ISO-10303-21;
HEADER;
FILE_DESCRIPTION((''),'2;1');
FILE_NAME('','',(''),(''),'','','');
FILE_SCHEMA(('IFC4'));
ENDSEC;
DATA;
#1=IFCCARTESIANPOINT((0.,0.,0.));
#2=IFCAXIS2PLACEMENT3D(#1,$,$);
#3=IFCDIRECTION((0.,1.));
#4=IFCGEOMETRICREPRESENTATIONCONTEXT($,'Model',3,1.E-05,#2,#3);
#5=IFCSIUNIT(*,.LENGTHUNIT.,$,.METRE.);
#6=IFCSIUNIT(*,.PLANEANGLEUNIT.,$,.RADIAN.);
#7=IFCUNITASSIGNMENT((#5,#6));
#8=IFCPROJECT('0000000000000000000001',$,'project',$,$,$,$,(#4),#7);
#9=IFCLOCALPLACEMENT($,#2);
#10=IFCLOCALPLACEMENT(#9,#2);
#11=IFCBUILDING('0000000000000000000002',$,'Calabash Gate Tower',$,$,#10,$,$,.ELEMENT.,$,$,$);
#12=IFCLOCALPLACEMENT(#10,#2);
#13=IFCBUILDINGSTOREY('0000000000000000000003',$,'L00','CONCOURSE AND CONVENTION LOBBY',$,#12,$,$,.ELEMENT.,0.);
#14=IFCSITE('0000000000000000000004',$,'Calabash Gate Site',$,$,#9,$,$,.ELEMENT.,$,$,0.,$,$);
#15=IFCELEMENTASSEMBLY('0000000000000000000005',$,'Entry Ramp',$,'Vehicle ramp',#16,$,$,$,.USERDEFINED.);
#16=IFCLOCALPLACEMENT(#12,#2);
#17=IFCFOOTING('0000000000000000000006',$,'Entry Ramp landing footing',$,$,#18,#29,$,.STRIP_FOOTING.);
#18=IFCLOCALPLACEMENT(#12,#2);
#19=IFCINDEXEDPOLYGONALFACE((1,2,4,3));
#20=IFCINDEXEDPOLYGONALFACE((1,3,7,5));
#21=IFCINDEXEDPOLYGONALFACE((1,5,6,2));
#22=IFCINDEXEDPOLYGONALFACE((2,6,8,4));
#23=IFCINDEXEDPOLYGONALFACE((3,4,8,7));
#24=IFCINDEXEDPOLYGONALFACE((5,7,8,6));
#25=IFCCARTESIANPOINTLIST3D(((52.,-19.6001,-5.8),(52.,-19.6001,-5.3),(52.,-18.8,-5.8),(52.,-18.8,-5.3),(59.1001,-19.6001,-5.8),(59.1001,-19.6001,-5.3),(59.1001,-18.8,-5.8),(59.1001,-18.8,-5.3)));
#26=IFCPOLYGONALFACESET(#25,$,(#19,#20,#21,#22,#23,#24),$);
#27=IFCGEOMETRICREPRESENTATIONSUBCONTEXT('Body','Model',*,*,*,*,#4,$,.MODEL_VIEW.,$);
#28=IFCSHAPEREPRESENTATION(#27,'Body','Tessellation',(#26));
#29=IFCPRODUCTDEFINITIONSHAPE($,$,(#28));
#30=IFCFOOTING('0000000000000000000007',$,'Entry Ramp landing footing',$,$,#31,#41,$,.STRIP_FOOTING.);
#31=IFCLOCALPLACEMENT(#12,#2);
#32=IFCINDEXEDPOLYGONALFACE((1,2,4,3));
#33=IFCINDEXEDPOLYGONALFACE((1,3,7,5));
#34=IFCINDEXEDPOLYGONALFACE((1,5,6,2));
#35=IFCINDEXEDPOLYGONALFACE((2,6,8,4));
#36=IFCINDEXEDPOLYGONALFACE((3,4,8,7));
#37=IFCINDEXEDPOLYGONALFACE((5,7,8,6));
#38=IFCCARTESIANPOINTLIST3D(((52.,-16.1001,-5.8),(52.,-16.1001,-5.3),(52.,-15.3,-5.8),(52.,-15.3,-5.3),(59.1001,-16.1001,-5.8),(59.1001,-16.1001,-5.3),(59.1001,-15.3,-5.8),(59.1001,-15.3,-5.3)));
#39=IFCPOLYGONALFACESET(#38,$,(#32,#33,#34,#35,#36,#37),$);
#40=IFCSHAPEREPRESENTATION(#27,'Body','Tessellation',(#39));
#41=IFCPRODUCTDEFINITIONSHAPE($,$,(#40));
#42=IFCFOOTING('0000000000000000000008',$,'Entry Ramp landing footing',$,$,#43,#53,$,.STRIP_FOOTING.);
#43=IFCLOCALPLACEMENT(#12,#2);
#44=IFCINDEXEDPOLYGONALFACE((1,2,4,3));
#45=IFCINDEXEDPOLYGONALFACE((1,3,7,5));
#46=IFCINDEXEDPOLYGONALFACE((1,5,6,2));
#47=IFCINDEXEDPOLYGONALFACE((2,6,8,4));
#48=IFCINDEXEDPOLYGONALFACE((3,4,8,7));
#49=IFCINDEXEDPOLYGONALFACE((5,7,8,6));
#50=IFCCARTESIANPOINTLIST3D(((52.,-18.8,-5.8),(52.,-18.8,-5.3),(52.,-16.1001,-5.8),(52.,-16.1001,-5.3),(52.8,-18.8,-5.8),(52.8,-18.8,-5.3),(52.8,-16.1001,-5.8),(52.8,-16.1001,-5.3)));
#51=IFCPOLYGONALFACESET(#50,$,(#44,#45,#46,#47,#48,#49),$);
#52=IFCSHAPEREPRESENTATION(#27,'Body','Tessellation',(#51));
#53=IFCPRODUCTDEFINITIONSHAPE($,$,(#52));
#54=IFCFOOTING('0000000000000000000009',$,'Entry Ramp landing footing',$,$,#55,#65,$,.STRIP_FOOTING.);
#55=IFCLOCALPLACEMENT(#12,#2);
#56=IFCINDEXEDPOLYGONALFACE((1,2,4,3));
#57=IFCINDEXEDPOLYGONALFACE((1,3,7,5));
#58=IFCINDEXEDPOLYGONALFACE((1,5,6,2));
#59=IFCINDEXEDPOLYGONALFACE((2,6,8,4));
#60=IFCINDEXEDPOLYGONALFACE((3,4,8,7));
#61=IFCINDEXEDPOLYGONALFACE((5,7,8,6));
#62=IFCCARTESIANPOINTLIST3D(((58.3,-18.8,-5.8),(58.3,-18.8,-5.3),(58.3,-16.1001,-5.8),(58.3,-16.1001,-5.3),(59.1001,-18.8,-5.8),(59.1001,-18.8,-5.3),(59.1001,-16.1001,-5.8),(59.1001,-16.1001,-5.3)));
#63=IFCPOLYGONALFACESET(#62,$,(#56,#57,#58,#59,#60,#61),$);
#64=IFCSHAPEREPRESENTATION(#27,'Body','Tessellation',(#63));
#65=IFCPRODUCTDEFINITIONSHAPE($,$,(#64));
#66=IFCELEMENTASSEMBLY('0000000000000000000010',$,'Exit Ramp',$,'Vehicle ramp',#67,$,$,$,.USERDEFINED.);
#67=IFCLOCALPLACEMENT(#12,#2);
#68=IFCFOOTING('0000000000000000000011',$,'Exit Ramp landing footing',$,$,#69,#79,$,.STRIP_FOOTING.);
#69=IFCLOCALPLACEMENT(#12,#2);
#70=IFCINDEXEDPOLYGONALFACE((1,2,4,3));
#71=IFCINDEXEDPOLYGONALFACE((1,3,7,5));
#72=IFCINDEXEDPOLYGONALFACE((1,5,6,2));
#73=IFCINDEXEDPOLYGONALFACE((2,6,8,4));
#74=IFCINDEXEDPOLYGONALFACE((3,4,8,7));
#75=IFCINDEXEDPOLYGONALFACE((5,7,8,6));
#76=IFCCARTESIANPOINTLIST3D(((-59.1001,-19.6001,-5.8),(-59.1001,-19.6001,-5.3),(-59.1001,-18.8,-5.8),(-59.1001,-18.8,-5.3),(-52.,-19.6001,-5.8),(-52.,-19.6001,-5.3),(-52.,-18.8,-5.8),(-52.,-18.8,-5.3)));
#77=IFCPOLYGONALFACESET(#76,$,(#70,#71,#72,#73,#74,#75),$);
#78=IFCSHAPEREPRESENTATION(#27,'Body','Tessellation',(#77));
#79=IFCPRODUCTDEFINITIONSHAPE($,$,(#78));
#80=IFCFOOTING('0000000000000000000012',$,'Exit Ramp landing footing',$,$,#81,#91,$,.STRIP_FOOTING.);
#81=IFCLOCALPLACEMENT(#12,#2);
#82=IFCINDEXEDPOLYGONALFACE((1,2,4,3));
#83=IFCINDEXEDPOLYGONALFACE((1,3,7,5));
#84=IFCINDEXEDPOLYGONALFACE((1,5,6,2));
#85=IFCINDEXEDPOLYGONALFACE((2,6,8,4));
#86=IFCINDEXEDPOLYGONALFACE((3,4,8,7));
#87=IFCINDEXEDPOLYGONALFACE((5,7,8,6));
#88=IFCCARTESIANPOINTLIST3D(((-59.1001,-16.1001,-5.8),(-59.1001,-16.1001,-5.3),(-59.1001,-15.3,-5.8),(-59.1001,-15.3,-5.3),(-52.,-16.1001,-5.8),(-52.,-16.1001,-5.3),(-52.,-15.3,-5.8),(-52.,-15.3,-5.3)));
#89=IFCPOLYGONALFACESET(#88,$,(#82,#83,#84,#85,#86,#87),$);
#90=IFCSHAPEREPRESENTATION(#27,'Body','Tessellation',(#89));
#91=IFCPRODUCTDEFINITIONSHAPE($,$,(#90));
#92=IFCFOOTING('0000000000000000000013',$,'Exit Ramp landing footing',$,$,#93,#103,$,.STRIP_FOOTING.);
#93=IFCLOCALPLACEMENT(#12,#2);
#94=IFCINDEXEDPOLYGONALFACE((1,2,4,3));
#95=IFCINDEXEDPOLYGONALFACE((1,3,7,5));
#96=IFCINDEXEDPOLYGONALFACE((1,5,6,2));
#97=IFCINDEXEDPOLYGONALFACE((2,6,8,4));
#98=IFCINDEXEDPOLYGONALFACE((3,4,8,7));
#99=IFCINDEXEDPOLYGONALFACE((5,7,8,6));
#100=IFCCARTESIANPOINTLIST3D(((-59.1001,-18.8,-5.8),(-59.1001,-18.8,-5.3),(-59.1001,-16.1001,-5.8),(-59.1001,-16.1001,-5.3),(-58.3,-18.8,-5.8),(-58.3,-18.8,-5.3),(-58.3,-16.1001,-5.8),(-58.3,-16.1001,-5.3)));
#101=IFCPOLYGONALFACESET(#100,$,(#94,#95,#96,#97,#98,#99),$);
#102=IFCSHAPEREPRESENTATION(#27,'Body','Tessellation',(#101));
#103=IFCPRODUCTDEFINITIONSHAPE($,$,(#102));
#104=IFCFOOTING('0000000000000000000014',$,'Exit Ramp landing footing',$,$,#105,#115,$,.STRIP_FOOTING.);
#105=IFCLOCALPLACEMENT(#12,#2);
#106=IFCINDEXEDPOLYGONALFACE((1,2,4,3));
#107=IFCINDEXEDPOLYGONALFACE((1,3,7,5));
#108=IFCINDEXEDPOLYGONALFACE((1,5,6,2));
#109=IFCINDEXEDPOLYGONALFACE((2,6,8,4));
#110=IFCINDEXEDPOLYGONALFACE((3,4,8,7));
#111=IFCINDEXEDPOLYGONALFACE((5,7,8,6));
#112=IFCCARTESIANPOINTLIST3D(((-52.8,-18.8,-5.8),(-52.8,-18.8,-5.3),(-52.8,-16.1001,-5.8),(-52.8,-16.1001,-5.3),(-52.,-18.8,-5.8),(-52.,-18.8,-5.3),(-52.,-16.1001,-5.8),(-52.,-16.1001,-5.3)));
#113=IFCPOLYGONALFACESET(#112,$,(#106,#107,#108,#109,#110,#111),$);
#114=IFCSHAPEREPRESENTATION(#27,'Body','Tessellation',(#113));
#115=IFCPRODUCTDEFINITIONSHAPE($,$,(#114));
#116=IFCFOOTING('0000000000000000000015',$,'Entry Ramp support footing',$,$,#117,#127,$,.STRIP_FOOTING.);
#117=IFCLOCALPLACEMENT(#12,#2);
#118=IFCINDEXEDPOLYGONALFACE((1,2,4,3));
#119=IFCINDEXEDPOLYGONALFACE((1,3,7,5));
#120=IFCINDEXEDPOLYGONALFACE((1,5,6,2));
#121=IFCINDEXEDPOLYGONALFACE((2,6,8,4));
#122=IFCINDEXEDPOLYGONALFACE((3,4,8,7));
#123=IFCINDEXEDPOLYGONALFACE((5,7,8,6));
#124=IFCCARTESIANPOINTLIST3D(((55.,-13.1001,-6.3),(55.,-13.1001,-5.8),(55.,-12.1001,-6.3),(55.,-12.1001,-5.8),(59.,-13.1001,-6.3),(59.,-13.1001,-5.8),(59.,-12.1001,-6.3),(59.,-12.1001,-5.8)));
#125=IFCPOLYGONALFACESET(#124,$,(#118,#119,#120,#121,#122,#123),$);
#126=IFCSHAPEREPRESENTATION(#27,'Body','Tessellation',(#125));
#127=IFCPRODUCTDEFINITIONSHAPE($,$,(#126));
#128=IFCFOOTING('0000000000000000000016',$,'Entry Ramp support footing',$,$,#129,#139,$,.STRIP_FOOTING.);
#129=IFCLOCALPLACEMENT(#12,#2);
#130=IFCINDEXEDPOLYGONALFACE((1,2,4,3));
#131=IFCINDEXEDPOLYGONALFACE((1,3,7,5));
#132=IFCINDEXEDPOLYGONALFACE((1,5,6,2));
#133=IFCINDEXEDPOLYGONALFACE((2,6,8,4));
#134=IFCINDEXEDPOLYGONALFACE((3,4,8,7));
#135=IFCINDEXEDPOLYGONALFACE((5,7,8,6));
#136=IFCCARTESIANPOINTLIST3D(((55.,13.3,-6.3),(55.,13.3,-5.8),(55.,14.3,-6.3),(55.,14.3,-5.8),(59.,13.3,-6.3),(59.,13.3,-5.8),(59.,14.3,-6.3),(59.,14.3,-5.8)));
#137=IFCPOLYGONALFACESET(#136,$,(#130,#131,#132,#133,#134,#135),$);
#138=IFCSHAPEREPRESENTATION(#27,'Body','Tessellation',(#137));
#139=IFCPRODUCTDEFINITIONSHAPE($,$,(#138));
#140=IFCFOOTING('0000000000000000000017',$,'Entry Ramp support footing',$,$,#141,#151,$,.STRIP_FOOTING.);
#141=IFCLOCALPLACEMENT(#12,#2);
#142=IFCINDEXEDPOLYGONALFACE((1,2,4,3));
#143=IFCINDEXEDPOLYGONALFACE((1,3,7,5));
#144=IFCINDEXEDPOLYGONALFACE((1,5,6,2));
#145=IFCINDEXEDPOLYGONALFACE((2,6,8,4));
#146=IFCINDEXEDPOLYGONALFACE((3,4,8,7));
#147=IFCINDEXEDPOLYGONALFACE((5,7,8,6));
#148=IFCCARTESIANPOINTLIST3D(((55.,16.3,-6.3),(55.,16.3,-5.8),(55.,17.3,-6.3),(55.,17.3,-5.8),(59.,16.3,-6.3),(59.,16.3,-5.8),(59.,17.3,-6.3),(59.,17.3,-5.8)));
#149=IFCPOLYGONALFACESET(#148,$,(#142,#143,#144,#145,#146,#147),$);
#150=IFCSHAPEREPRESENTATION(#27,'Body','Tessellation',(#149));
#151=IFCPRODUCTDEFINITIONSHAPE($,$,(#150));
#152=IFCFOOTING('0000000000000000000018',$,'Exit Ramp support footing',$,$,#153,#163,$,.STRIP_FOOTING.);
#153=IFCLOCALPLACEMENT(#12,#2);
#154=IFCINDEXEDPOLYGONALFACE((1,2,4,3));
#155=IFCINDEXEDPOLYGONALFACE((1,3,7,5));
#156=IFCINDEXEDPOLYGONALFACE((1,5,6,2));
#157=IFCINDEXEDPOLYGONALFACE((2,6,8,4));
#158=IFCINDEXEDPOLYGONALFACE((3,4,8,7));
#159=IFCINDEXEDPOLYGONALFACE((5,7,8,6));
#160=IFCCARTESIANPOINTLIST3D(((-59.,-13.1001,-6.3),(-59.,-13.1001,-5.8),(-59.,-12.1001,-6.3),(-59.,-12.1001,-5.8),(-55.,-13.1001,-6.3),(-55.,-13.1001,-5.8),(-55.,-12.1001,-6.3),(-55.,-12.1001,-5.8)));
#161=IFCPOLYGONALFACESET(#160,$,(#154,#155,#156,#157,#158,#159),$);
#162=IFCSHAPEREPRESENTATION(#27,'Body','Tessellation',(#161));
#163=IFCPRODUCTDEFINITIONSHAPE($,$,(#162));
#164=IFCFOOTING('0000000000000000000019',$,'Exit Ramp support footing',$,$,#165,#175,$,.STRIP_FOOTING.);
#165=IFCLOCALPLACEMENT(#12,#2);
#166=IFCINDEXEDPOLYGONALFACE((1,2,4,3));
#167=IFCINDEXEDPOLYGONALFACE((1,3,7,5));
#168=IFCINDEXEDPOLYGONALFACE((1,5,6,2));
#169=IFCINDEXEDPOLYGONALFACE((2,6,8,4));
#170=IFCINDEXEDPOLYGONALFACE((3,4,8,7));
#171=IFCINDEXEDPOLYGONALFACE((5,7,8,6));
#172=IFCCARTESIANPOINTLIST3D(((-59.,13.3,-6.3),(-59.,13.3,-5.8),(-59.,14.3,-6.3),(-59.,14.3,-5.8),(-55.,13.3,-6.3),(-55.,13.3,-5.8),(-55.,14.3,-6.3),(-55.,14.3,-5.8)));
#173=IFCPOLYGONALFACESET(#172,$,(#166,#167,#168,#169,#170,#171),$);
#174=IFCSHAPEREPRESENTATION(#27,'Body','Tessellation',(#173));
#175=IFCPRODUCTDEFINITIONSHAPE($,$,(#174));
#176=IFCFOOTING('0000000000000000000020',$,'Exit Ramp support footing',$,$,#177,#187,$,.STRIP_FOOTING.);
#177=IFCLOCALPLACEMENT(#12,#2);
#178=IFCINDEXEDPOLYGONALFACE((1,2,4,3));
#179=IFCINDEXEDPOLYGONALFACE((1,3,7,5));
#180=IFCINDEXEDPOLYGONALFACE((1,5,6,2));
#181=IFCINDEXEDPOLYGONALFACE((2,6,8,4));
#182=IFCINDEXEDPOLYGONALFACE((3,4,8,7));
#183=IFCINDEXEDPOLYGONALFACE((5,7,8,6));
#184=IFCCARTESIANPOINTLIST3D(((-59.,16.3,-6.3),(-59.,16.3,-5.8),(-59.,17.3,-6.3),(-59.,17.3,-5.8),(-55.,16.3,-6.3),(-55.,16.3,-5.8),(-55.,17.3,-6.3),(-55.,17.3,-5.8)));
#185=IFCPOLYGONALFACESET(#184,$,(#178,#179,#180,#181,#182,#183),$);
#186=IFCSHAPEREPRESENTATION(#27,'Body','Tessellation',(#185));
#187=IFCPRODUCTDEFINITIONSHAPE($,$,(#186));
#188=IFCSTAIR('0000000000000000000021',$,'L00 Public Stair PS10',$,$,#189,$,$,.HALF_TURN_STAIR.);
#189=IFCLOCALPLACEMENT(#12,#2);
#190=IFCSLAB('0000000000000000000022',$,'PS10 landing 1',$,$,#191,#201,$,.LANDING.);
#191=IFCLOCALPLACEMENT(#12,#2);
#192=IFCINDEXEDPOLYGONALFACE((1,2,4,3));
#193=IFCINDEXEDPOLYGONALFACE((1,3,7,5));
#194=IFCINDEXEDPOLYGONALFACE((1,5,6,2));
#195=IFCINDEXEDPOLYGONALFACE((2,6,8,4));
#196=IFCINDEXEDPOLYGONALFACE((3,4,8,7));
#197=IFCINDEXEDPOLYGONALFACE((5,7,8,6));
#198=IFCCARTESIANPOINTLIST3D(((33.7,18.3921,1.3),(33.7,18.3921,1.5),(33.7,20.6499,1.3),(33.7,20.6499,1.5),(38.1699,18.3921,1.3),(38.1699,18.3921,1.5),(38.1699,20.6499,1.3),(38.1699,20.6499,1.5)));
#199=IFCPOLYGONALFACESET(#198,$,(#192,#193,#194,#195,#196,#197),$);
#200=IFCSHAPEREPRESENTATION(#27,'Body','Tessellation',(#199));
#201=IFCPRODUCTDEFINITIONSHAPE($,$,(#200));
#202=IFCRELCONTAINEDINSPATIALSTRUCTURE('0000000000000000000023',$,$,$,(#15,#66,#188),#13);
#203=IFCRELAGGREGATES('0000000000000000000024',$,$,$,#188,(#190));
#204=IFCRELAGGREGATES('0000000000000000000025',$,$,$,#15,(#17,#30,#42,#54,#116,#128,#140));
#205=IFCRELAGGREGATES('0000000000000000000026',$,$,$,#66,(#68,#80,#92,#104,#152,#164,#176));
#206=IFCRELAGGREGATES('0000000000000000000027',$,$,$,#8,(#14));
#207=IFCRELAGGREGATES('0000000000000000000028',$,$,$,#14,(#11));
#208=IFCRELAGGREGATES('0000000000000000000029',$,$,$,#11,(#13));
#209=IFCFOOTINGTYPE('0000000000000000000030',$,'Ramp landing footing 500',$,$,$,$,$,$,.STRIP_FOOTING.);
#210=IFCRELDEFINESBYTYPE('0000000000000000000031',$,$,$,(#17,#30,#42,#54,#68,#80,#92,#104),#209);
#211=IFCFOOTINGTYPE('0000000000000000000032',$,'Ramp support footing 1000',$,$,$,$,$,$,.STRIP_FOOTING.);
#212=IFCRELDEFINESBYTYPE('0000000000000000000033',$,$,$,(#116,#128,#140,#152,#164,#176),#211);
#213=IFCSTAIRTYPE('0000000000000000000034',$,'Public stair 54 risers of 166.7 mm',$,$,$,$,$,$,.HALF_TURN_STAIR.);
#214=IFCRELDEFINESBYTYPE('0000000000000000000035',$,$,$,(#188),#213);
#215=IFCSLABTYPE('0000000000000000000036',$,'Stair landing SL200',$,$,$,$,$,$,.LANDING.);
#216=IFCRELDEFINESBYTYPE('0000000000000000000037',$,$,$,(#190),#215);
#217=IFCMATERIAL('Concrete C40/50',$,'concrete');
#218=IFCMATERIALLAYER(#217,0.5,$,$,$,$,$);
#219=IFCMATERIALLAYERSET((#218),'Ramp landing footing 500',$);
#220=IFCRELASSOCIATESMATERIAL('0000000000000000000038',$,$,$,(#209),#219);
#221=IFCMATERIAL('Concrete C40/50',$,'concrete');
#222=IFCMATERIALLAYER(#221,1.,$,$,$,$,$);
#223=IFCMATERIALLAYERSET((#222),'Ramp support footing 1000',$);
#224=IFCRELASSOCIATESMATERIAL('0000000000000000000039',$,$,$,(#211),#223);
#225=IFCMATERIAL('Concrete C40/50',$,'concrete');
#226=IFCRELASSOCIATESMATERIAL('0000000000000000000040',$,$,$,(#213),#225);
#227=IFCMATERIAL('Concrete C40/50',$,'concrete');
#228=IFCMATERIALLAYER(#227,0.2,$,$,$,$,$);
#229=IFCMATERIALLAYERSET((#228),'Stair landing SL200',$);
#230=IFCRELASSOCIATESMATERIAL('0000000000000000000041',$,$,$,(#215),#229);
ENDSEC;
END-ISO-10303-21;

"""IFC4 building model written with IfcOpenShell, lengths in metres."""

from ifc_helpers import new_model, si_unit, direction, frame, origin, place, context, subcontext, project, spatial, polyline, outline, extrude, material, layer, layer_set, type_object, element, aggregate, save


model = new_model("IFC4")

# Units and contexts
model_context = context("Model", 3, precision=1e-05, world=origin(), true_north=direction((0.0, 1.0)))
body_context = subcontext(model_context, "Body", "Model", "MODEL_VIEW")
ifc_project = project(units=[si_unit("LENGTHUNIT", "METRE"), si_unit("PLANEANGLEUNIT", "RADIAN")], contexts=[model_context])

# Site, building, storey
site_placement = place(None, origin())
site = spatial("IfcSite", under=ifc_project, at=site_placement, Name="Calabash Gate Site", CompositionType="ELEMENT", RefElevation=0.0)
building_placement = place(site_placement, origin())
building = spatial("IfcBuilding", under=site, at=building_placement, Name="Calabash Gate Tower", CompositionType="ELEMENT")
storey_placement = place(building_placement, origin())
storey = spatial("IfcBuildingStorey", under=building, at=storey_placement, Name="L00", Description="CONCOURSE AND CONVENTION LOBBY", CompositionType="ELEMENT", Elevation=0.0)

# Element assemblies, footings
assembly_1_placement = place(storey_placement, origin())
assembly_1 = element("IfcElementAssembly", 1, at=assembly_1_placement, inside=storey, Name="Entry Ramp", ObjectType="Vehicle ramp", PredefinedType="USERDEFINED")
ifc_material_1 = material(Name="Concrete C40/50", Category="concrete")
ifc_layer_1 = layer(ifc_material_1, 0.5)
ifc_layer_set_1 = layer_set([ifc_layer_1], Name="Ramp landing footing 500")
footing_type_1 = type_object("IfcFootingType", Name="Ramp landing footing 500", PredefinedType="STRIP_FOOTING", material=ifc_layer_set_1)
footing_1_placement = place(storey_placement, frame((0.0, 0.0, -5.8)))
footing_1 = element("IfcFooting", 2, at=footing_1_placement, type_object=footing_type_1, Name="Entry Ramp landing footing", PredefinedType="STRIP_FOOTING", context=body_context, shape_type="SweptSolid", body=[
    extrude(outline(polyline([(52.0, -19.6001), (59.1001, -19.6001), (59.1001, -18.8), (52.0, -18.8), (52.0, -19.6001)])), origin(), (0.0, 0.0, 1.0), 0.5),
])
footing_2_placement = place(storey_placement, frame((0.0, 0.0, -5.8)))
footing_2 = element("IfcFooting", 3, at=footing_2_placement, type_object=footing_type_1, Name="Entry Ramp landing footing", PredefinedType="STRIP_FOOTING", context=body_context, shape_type="SweptSolid", body=[
    extrude(outline(polyline([(52.0, -16.1001), (59.1001, -16.1001), (59.1001, -15.3), (52.0, -15.3), (52.0, -16.1001)])), origin(), (0.0, 0.0, 1.0), 0.5),
])
footing_3_placement = place(storey_placement, frame((0.0, 0.0, -5.8)))
footing_3 = element("IfcFooting", 4, at=footing_3_placement, type_object=footing_type_1, Name="Entry Ramp landing footing", PredefinedType="STRIP_FOOTING", context=body_context, shape_type="SweptSolid", body=[
    extrude(outline(polyline([(52.0, -18.8), (52.8, -18.8), (52.8, -16.1001), (52.0, -16.1001), (52.0, -18.8)])), origin(), (0.0, 0.0, 1.0), 0.5),
])
footing_4_placement = place(storey_placement, frame((0.0, 0.0, -5.8)))
footing_4 = element("IfcFooting", 5, at=footing_4_placement, type_object=footing_type_1, Name="Entry Ramp landing footing", PredefinedType="STRIP_FOOTING", context=body_context, shape_type="SweptSolid", body=[
    extrude(outline(polyline([(58.3, -18.8), (59.1001, -18.8), (59.1001, -16.1001), (58.3, -16.1001), (58.3, -18.8)])), origin(), (0.0, 0.0, 1.0), 0.5),
])
assembly_2_placement = place(storey_placement, origin())
assembly_2 = element("IfcElementAssembly", 6, at=assembly_2_placement, inside=storey, Name="Exit Ramp", ObjectType="Vehicle ramp", PredefinedType="USERDEFINED")
footing_5_placement = place(storey_placement, frame((0.0, 0.0, -5.8)))
footing_5 = element("IfcFooting", 7, at=footing_5_placement, type_object=footing_type_1, Name="Exit Ramp landing footing", PredefinedType="STRIP_FOOTING", context=body_context, shape_type="SweptSolid", body=[
    extrude(outline(polyline([(-59.1001, -19.6001), (-52.0, -19.6001), (-52.0, -18.8), (-59.1001, -18.8), (-59.1001, -19.6001)])), origin(), (0.0, 0.0, 1.0), 0.5),
])
footing_6_placement = place(storey_placement, frame((0.0, 0.0, -5.8)))
footing_6 = element("IfcFooting", 8, at=footing_6_placement, type_object=footing_type_1, Name="Exit Ramp landing footing", PredefinedType="STRIP_FOOTING", context=body_context, shape_type="SweptSolid", body=[
    extrude(outline(polyline([(-59.1001, -16.1001), (-52.0, -16.1001), (-52.0, -15.3), (-59.1001, -15.3), (-59.1001, -16.1001)])), origin(), (0.0, 0.0, 1.0), 0.5),
])
footing_7_placement = place(storey_placement, frame((0.0, 0.0, -5.8)))
footing_7 = element("IfcFooting", 9, at=footing_7_placement, type_object=footing_type_1, Name="Exit Ramp landing footing", PredefinedType="STRIP_FOOTING", context=body_context, shape_type="SweptSolid", body=[
    extrude(outline(polyline([(-59.1001, -18.8), (-58.3, -18.8), (-58.3, -16.1001), (-59.1001, -16.1001), (-59.1001, -18.8)])), origin(), (0.0, 0.0, 1.0), 0.5),
])
footing_8_placement = place(storey_placement, frame((0.0, 0.0, -5.8)))
footing_8 = element("IfcFooting", 10, at=footing_8_placement, type_object=footing_type_1, Name="Exit Ramp landing footing", PredefinedType="STRIP_FOOTING", context=body_context, shape_type="SweptSolid", body=[
    extrude(outline(polyline([(-52.8, -18.8), (-52.0, -18.8), (-52.0, -16.1001), (-52.8, -16.1001), (-52.8, -18.8)])), origin(), (0.0, 0.0, 1.0), 0.5),
])

# Footings
ifc_material_2 = material(Name="Concrete C40/50", Category="concrete")
ifc_layer_2 = layer(ifc_material_2, 1.0)
ifc_layer_set_2 = layer_set([ifc_layer_2], Name="Ramp support footing 1000")
footing_type_2 = type_object("IfcFootingType", Name="Ramp support footing 1000", PredefinedType="STRIP_FOOTING", material=ifc_layer_set_2)
footing_9_placement = place(storey_placement, frame((0.0, 0.0, -6.3)))
footing_9 = element("IfcFooting", 11, at=footing_9_placement, type_object=footing_type_2, Name="Entry Ramp support footing", PredefinedType="STRIP_FOOTING", context=body_context, shape_type="SweptSolid", body=[
    extrude(outline(polyline([(55.0, -13.1001), (59.0, -13.1001), (59.0, -12.1001), (55.0, -12.1001), (55.0, -13.1001)])), origin(), (0.0, 0.0, 1.0), 0.5),
])
footing_10_placement = place(storey_placement, frame((0.0, 0.0, -6.3)))
footing_10 = element("IfcFooting", 12, at=footing_10_placement, type_object=footing_type_2, Name="Entry Ramp support footing", PredefinedType="STRIP_FOOTING", context=body_context, shape_type="SweptSolid", body=[
    extrude(outline(polyline([(55.0, 13.3), (59.0, 13.3), (59.0, 14.3), (55.0, 14.3), (55.0, 13.3)])), origin(), (0.0, 0.0, 1.0), 0.5),
])
footing_11_placement = place(storey_placement, frame((0.0, 0.0, -6.3)))
footing_11 = element("IfcFooting", 13, at=footing_11_placement, type_object=footing_type_2, Name="Entry Ramp support footing", PredefinedType="STRIP_FOOTING", context=body_context, shape_type="SweptSolid", body=[
    extrude(outline(polyline([(55.0, 16.3), (59.0, 16.3), (59.0, 17.3), (55.0, 17.3), (55.0, 16.3)])), origin(), (0.0, 0.0, 1.0), 0.5),
])
footing_12_placement = place(storey_placement, frame((0.0, 0.0, -6.3)))
footing_12 = element("IfcFooting", 14, at=footing_12_placement, type_object=footing_type_2, Name="Exit Ramp support footing", PredefinedType="STRIP_FOOTING", context=body_context, shape_type="SweptSolid", body=[
    extrude(outline(polyline([(-59.0, -13.1001), (-55.0, -13.1001), (-55.0, -12.1001), (-59.0, -12.1001), (-59.0, -13.1001)])), origin(), (0.0, 0.0, 1.0), 0.5),
])
footing_13_placement = place(storey_placement, frame((0.0, 0.0, -6.3)))
footing_13 = element("IfcFooting", 15, at=footing_13_placement, type_object=footing_type_2, Name="Exit Ramp support footing", PredefinedType="STRIP_FOOTING", context=body_context, shape_type="SweptSolid", body=[
    extrude(outline(polyline([(-59.0, 13.3), (-55.0, 13.3), (-55.0, 14.3), (-59.0, 14.3), (-59.0, 13.3)])), origin(), (0.0, 0.0, 1.0), 0.5),
])
footing_14_placement = place(storey_placement, frame((0.0, 0.0, -6.3)))
footing_14 = element("IfcFooting", 16, at=footing_14_placement, type_object=footing_type_2, Name="Exit Ramp support footing", PredefinedType="STRIP_FOOTING", context=body_context, shape_type="SweptSolid", body=[
    extrude(outline(polyline([(-59.0, 16.3), (-55.0, 16.3), (-55.0, 17.3), (-59.0, 17.3), (-59.0, 16.3)])), origin(), (0.0, 0.0, 1.0), 0.5),
])

# Stair, slab
ifc_material_3 = material(Name="Concrete C40/50", Category="concrete")
stair_type = type_object("IfcStairType", Name="Public stair 54 risers of 166.7 mm", PredefinedType="HALF_TURN_STAIR", material=ifc_material_3)
stair_placement = place(storey_placement, origin())
stair = element("IfcStair", 17, at=stair_placement, inside=storey, type_object=stair_type, Name="L00 Public Stair PS10", PredefinedType="HALF_TURN_STAIR")
ifc_material_4 = material(Name="Concrete C40/50", Category="concrete")
ifc_layer_3 = layer(ifc_material_4, 0.2)
ifc_layer_set_3 = layer_set([ifc_layer_3], Name="Stair landing SL200")
slab_type_1 = type_object("IfcSlabType", Name="Stair landing SL200", PredefinedType="LANDING", material=ifc_layer_set_3)
slab_1_placement = place(storey_placement, frame((0.0, 0.0, 1.3)))
slab_1 = element("IfcSlab", 18, at=slab_1_placement, type_object=slab_type_1, Name="PS10 landing 1", PredefinedType="LANDING", context=body_context, shape_type="SweptSolid", body=[
    extrude(outline(polyline([(38.1699, 18.3921), (38.1699, 20.6499), (33.7, 20.6499), (33.7, 18.3921), (38.1699, 18.3921)])), origin(), (0.0, 0.0, 1.0), 0.2),
])
aggregate(stair, [slab_1])

aggregate(assembly_1, [footing_1, footing_2, footing_3, footing_4, footing_9, footing_10, footing_11])
aggregate(assembly_2, [footing_5, footing_6, footing_7, footing_8, footing_12, footing_13, footing_14])

save(model, "model.ifc")
